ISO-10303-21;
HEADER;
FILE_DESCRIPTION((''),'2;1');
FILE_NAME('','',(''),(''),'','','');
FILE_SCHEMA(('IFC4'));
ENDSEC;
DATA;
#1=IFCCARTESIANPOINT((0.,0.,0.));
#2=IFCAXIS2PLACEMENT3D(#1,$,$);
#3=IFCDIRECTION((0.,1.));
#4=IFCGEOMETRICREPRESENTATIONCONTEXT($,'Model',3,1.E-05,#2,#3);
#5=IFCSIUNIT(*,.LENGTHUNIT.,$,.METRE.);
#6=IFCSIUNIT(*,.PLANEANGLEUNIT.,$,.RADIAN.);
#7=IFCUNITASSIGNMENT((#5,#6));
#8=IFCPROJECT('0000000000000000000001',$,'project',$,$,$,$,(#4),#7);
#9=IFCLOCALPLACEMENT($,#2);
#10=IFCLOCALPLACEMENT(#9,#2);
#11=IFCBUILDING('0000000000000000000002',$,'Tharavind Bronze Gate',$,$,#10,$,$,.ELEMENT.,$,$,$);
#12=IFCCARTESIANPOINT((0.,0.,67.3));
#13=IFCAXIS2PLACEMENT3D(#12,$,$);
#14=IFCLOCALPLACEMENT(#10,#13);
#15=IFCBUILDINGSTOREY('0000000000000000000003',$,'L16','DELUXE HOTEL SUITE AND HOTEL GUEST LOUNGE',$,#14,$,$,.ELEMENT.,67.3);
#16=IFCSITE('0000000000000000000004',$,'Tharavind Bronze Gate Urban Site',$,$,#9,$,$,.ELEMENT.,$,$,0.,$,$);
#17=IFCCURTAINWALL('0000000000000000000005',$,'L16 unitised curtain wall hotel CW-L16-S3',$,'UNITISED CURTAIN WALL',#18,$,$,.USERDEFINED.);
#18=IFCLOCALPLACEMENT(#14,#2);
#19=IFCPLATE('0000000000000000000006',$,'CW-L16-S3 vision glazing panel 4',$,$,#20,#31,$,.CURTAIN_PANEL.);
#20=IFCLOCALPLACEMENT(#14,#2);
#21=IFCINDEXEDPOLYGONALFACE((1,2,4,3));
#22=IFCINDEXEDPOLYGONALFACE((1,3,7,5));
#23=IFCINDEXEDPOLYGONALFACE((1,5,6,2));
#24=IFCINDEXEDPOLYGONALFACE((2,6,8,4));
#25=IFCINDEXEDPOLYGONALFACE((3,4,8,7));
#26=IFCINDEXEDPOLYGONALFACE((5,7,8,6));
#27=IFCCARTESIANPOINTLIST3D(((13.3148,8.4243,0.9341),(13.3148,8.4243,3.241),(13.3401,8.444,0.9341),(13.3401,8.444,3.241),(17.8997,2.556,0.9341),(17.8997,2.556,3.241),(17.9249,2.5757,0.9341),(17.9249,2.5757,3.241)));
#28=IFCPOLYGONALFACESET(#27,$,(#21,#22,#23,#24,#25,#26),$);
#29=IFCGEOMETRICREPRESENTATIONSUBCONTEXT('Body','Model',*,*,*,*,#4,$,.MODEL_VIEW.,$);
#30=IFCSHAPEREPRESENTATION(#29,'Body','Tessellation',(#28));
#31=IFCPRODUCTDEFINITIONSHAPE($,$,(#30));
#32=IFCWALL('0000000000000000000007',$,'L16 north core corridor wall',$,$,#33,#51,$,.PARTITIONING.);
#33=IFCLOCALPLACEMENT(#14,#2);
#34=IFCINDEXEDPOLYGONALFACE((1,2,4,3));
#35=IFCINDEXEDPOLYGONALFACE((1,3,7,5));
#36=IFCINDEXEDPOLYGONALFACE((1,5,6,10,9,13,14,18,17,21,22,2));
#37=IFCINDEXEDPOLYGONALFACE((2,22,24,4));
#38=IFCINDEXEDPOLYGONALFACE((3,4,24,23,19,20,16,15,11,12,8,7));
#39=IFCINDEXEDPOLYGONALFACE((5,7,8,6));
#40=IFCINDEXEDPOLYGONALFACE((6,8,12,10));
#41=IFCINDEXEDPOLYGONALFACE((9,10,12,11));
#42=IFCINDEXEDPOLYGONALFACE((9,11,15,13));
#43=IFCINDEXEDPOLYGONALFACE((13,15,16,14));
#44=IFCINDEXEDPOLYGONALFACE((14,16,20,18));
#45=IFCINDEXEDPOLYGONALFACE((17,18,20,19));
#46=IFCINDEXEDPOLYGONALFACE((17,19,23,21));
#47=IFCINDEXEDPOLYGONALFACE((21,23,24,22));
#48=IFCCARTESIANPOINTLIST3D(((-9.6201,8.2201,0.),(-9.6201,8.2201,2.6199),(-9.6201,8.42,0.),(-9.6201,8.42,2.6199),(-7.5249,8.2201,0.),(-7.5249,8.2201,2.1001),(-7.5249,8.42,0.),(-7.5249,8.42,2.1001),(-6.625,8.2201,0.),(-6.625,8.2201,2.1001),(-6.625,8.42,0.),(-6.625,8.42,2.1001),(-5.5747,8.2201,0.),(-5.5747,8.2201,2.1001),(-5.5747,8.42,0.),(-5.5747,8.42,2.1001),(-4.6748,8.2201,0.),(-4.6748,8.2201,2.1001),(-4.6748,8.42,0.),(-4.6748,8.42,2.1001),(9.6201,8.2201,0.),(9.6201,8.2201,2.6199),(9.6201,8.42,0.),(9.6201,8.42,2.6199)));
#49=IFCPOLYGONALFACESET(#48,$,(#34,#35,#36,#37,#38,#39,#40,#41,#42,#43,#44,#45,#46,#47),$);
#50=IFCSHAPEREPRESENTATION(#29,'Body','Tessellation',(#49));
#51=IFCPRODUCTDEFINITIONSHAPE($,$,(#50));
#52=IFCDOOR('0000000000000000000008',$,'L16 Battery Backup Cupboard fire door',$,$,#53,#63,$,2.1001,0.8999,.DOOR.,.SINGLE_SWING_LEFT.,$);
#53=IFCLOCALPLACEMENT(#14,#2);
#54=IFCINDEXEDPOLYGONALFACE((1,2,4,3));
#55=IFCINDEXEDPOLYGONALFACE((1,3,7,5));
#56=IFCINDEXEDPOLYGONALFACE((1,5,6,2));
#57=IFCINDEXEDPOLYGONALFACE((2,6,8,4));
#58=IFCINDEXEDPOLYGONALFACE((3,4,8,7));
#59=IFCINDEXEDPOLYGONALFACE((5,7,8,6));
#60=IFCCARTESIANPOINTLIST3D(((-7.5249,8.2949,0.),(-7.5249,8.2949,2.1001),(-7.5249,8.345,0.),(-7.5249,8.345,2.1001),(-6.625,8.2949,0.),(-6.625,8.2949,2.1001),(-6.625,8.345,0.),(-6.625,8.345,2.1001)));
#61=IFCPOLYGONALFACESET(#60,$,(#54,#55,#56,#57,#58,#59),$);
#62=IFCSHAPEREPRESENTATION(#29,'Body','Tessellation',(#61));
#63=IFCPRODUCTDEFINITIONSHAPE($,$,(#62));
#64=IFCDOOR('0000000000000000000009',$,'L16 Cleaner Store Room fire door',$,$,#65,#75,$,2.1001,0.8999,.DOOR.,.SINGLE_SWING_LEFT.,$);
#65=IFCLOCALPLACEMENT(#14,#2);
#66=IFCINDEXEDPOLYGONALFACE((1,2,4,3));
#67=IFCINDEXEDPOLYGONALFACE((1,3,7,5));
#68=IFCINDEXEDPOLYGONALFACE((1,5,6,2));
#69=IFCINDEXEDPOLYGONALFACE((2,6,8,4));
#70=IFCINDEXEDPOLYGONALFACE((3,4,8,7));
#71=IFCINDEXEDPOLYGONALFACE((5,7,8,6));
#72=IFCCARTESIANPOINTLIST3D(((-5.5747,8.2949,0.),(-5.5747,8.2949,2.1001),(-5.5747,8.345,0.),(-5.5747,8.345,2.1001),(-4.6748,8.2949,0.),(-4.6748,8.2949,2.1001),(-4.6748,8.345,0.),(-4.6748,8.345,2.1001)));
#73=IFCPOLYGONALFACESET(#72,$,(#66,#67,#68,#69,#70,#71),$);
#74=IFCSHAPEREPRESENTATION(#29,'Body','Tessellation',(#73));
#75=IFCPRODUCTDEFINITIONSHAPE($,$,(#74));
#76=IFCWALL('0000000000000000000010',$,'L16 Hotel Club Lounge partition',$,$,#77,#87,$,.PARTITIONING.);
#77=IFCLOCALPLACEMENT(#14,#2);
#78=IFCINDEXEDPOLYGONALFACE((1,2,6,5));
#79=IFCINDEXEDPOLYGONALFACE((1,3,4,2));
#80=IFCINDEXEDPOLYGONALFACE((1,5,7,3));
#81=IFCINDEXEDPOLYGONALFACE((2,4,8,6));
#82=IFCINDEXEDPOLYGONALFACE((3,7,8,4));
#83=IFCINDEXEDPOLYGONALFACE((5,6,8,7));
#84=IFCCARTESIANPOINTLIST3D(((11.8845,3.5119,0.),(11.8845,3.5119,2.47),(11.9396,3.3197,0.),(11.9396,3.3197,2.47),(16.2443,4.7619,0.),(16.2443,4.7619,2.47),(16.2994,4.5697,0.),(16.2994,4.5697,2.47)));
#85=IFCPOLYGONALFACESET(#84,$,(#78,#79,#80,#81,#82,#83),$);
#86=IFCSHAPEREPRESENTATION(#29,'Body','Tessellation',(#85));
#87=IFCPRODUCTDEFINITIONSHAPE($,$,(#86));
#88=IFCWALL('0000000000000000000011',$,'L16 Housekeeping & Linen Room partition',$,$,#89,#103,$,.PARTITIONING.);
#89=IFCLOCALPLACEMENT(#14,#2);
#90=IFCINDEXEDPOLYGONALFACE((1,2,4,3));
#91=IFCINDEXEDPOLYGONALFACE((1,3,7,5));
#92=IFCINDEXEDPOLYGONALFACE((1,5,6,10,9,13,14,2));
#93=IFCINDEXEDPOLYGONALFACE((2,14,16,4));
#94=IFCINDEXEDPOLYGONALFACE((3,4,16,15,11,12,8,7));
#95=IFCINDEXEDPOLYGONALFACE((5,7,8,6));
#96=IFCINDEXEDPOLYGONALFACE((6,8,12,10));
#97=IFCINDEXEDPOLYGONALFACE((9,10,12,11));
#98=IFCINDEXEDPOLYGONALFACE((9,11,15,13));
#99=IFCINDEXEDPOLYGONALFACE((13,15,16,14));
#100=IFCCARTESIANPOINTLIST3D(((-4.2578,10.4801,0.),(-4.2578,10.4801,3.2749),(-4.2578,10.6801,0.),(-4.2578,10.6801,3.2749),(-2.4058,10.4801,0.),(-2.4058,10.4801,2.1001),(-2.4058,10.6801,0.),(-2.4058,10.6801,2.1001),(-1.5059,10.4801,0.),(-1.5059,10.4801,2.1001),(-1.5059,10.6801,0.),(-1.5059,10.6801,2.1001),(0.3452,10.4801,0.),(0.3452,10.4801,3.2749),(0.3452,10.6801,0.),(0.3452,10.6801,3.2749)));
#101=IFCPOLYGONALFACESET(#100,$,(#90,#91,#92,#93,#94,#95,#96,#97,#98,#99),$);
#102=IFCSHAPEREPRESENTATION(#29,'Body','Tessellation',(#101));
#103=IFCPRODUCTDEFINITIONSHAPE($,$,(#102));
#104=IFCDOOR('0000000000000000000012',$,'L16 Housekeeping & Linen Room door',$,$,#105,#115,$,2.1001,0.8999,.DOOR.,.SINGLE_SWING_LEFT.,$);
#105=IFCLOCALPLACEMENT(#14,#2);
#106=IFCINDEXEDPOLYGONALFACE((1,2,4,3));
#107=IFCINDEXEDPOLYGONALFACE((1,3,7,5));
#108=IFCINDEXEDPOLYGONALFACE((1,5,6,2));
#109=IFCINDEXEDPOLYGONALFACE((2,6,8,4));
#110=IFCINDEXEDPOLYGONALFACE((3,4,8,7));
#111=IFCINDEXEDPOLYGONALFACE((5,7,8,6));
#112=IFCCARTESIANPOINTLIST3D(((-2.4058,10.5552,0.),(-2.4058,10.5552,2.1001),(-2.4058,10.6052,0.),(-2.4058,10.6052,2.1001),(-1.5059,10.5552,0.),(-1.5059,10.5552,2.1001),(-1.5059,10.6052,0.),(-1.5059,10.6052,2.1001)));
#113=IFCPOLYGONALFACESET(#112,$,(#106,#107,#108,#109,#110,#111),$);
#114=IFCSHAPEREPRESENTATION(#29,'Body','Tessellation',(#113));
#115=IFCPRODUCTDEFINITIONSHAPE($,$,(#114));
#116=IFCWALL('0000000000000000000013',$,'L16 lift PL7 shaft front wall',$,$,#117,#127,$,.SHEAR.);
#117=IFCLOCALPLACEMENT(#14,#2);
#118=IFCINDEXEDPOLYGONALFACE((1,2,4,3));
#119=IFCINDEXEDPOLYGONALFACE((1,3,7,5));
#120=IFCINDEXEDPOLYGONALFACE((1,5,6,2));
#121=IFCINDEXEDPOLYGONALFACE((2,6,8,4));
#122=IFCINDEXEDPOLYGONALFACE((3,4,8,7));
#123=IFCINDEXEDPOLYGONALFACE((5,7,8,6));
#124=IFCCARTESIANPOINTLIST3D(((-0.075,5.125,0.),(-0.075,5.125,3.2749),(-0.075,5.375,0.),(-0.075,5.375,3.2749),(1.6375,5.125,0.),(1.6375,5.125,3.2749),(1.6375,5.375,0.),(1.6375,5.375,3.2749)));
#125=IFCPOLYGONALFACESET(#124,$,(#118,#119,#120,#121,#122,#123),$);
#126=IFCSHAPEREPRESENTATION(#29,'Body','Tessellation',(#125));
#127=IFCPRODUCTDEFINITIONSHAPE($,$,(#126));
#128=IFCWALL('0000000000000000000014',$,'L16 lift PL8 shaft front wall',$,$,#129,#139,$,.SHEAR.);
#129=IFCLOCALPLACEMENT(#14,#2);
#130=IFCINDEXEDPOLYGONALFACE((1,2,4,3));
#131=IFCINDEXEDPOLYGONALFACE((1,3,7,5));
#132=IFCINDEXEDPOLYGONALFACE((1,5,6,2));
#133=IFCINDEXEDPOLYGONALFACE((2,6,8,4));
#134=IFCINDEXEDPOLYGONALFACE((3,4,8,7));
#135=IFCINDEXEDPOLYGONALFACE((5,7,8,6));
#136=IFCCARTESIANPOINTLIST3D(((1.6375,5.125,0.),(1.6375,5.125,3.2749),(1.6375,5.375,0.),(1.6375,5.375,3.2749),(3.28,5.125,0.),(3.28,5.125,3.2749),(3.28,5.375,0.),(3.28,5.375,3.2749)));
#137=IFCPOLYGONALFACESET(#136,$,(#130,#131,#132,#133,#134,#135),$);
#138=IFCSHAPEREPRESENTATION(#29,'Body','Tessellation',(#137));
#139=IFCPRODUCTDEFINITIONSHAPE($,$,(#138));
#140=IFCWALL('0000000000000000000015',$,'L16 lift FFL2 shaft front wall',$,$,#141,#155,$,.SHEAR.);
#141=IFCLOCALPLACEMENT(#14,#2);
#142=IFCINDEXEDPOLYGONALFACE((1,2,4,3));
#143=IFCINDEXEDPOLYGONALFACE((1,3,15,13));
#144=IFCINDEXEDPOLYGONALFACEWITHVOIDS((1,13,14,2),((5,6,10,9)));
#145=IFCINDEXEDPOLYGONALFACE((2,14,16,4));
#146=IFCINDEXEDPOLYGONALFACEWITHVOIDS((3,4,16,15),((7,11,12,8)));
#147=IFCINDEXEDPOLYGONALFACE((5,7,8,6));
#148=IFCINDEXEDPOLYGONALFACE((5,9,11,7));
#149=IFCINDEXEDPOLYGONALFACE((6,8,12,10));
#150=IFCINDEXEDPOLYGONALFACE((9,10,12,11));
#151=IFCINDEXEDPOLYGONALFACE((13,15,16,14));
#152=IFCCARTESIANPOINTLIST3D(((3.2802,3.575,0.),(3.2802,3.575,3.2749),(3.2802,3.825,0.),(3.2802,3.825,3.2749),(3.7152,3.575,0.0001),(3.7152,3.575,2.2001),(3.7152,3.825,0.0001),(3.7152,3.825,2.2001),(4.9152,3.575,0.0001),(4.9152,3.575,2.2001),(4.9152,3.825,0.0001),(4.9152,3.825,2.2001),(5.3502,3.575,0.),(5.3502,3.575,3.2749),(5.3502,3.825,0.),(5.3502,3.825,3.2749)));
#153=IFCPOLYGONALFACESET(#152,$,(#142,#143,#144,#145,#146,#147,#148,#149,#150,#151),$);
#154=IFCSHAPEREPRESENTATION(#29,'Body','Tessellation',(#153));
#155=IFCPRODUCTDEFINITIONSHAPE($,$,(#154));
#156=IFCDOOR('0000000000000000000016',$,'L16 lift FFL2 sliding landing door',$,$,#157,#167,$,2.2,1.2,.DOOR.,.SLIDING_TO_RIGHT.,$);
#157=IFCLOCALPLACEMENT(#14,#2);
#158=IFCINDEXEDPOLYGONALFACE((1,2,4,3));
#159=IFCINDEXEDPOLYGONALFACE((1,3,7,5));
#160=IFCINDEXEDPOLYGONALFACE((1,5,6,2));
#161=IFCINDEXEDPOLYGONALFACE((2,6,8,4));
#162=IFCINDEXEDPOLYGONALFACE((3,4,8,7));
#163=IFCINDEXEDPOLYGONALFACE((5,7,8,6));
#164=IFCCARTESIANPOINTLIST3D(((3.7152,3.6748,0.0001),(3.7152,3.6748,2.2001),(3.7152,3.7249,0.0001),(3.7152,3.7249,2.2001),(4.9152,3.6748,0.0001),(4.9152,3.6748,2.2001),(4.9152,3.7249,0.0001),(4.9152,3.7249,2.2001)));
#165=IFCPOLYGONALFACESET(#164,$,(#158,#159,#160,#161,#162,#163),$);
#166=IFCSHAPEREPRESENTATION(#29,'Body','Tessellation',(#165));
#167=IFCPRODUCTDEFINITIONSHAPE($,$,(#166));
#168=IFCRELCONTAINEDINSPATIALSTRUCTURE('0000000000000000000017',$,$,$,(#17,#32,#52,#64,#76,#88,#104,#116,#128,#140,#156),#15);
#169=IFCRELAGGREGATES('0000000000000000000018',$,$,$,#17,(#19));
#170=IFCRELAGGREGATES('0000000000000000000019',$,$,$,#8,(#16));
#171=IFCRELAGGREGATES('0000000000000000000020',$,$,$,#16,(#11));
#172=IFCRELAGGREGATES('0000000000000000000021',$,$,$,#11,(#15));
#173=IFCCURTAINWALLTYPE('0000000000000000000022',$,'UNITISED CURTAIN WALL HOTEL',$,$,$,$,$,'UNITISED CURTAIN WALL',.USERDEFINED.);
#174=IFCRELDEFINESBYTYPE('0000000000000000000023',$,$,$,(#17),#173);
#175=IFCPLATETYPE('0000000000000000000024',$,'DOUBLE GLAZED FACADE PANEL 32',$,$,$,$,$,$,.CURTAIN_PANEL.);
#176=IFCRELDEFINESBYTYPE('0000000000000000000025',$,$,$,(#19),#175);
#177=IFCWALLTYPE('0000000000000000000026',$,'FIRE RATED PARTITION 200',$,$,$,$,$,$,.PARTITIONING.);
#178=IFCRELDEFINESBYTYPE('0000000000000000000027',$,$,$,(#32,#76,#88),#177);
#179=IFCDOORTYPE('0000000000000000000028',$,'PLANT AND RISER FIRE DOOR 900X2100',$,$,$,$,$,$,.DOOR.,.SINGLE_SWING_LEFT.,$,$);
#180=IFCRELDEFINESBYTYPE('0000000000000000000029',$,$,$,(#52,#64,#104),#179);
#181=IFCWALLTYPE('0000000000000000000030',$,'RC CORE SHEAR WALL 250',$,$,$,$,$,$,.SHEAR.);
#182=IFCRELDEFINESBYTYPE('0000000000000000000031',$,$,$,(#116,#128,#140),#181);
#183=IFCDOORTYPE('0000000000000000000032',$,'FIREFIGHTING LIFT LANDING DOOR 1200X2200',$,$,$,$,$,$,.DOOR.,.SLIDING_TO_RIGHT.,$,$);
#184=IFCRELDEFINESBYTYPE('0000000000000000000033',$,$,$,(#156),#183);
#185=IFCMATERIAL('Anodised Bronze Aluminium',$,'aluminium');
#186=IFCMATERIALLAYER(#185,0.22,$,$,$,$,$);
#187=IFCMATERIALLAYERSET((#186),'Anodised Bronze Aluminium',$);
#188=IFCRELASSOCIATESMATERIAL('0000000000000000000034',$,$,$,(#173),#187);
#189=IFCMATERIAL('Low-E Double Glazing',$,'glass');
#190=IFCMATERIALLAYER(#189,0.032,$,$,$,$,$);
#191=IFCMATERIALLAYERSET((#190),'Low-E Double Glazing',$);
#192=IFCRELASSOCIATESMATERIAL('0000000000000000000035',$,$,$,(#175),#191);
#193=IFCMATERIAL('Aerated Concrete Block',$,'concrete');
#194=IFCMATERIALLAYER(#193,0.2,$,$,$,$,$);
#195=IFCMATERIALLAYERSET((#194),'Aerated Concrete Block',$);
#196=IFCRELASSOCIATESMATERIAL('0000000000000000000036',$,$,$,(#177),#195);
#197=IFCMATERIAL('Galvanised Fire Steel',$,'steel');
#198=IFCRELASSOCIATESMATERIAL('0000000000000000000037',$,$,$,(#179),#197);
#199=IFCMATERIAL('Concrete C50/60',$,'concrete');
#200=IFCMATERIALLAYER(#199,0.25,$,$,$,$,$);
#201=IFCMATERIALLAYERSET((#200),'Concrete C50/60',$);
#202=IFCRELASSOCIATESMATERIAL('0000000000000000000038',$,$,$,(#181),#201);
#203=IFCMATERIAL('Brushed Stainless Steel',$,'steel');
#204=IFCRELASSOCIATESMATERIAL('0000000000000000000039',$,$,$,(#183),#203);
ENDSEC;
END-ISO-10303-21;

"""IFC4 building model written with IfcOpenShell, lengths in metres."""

from ifc_helpers import new_model, si_unit, direction, frame, frame_2d, origin, origin_2d, place, context, subcontext, project, spatial, rectangle, extrude, material, layer, layer_set, type_object, element, fill, aggregate, save


model = new_model("IFC4")

# Units and contexts
model_context = context("Model", 3, precision=1e-05, world=origin(), true_north=direction((0.0, 1.0)))
body_context = subcontext(model_context, "Body", "Model", "MODEL_VIEW")
ifc_project = project(units=[si_unit("LENGTHUNIT", "METRE"), si_unit("PLANEANGLEUNIT", "RADIAN")], contexts=[model_context])

# Site, building, storey
site_placement = place(None, origin())
site = spatial("IfcSite", under=ifc_project, at=site_placement, Name="Tharavind Bronze Gate Urban Site", CompositionType="ELEMENT", RefElevation=0.0)
building_placement = place(site_placement, origin())
building = spatial("IfcBuilding", under=site, at=building_placement, Name="Tharavind Bronze Gate", CompositionType="ELEMENT")
storey_placement = place(building_placement, frame((0.0, 0.0, 67.3)))
storey = spatial("IfcBuildingStorey", under=building, at=storey_placement, Name="L16", Description="DELUXE HOTEL SUITE AND HOTEL GUEST LOUNGE", CompositionType="ELEMENT", Elevation=67.3)

# Curtain wall
ifc_material_1 = material(Name="Anodised Bronze Aluminium", Category="aluminium")
ifc_layer_1 = layer(ifc_material_1, 0.22)
ifc_layer_set_1 = layer_set([ifc_layer_1], Name="Anodised Bronze Aluminium")
curtain_wall_type = type_object("IfcCurtainWallType", Name="UNITISED CURTAIN WALL HOTEL", ElementType="UNITISED CURTAIN WALL", PredefinedType="USERDEFINED", material=ifc_layer_set_1)
curtain_wall_placement = place(storey_placement, origin())
curtain_wall = element("IfcCurtainWall", 1, at=curtain_wall_placement, inside=storey, type_object=curtain_wall_type, Name="L16 unitised curtain wall hotel CW-L16-S3", ObjectType="UNITISED CURTAIN WALL", PredefinedType="USERDEFINED")

# Plate
ifc_material_2 = material(Name="Low-E Double Glazing", Category="glass")
ifc_layer_2 = layer(ifc_material_2, 0.032)
ifc_layer_set_2 = layer_set([ifc_layer_2], Name="Low-E Double Glazing")
plate_type_1 = type_object("IfcPlateType", Name="DOUBLE GLAZED FACADE PANEL 32", PredefinedType="CURTAIN_PANEL", material=ifc_layer_set_2)
plate_1_placement = place(storey_placement, frame((15.6199, 5.5, 0.9341), z_axis=(0.0, 0.0, 1.0), x_axis=(-0.615661, 0.788011, 0.0)))
plate_1 = element("IfcPlate", 2, at=plate_1_placement, type_object=plate_type_1, Name="CW-L16-S3 vision glazing panel 4", PredefinedType="CURTAIN_PANEL", context=body_context, shape_type="SweptSolid", body=[
    extrude(rectangle(XDim=7.447, YDim=0.032, at=origin_2d()), origin(), (0.0, 0.0, 1.0), 2.3069),
])
aggregate(curtain_wall, [plate_1])

# Wall, openings, doors
ifc_material_3 = material(Name="Aerated Concrete Block", Category="concrete")
ifc_layer_3 = layer(ifc_material_3, 0.2)
ifc_layer_set_3 = layer_set([ifc_layer_3], Name="Aerated Concrete Block")
wall_type_1 = type_object("IfcWallType", Name="FIRE RATED PARTITION 200", PredefinedType="PARTITIONING", material=ifc_layer_set_3)
wall_1_placement = place(storey_placement, frame((9.6201, 8.3201, 0.0), z_axis=(0.0, 0.0, 1.0), x_axis=(-1.0, 0.0, 0.0)))
wall_1 = element("IfcWall", 3, at=wall_1_placement, inside=storey, type_object=wall_type_1, Name="L16 north core corridor wall", PredefinedType="PARTITIONING", context=body_context, shape_type="SweptSolid", body=[
    extrude(rectangle(XDim=19.2402, YDim=0.2, at=frame_2d((9.6201, 0.0))), origin(), (0.0, 0.0, 1.0), 2.6199),
])
opening_1_placement = place(wall_1_placement, frame((16.2451, 0.0, 0.0)))
opening_1 = element("IfcOpeningElement", 4, at=opening_1_placement, cuts=wall_1, PredefinedType="OPENING", context=body_context, shape_type="SweptSolid", body=[
    extrude(rectangle(XDim=0.8999, YDim=2.1001, at=frame_2d((0.45, 1.05))), frame((0.0, 0.1101, 0.0), z_axis=(0.0, -1.0, 0.0), x_axis=(1.0, 0.0, 0.0)), (0.0, 0.0, 1.0), 0.22),
])
opening_2_placement = place(wall_1_placement, frame((14.2949, 0.0, 0.0)))
opening_2 = element("IfcOpeningElement", 5, at=opening_2_placement, cuts=wall_1, PredefinedType="OPENING", context=body_context, shape_type="SweptSolid", body=[
    extrude(rectangle(XDim=0.8999, YDim=2.1001, at=frame_2d((0.45, 1.05))), frame((0.0, 0.1101, 0.0), z_axis=(0.0, -1.0, 0.0), x_axis=(1.0, 0.0, 0.0)), (0.0, 0.0, 1.0), 0.22),
])
ifc_material_4 = material(Name="Galvanised Fire Steel", Category="steel")
door_type_1 = type_object("IfcDoorType", Name="PLANT AND RISER FIRE DOOR 900X2100", OperationType="SINGLE_SWING_LEFT", PredefinedType="DOOR", material=ifc_material_4)
door_1_placement = place(opening_1_placement, frame((0.8999, 0.0, 0.0), z_axis=(0.0, 0.0, 1.0), x_axis=(-1.0, 0.0, 0.0)))
door_1 = element("IfcDoor", 6, at=door_1_placement, inside=storey, type_object=door_type_1, Name="L16 Battery Backup Cupboard fire door", OperationType="SINGLE_SWING_LEFT", OverallHeight=2.1001, OverallWidth=0.8999, PredefinedType="DOOR", context=body_context, shape_type="SweptSolid", body=[
    extrude(rectangle(XDim=0.8999, YDim=2.1001, at=frame_2d((0.45, 1.05))), frame((0.0, 0.0249, 0.0), z_axis=(0.0, -1.0, 0.0), x_axis=(1.0, 0.0, 0.0)), (0.0, 0.0, 1.0), 0.05),
])
fill(opening_1, door_1)
door_2_placement = place(opening_2_placement, frame((0.8999, 0.0, 0.0), z_axis=(0.0, 0.0, 1.0), x_axis=(-1.0, 0.0, 0.0)))
door_2 = element("IfcDoor", 7, at=door_2_placement, inside=storey, type_object=door_type_1, Name="L16 Cleaner Store Room fire door", OperationType="SINGLE_SWING_LEFT", OverallHeight=2.1001, OverallWidth=0.8999, PredefinedType="DOOR", context=body_context, shape_type="SweptSolid", body=[
    extrude(rectangle(XDim=0.8999, YDim=2.1001, at=frame_2d((0.45, 1.05))), frame((0.0, 0.0249, 0.0), z_axis=(0.0, -1.0, 0.0), x_axis=(1.0, 0.0, 0.0)), (0.0, 0.0, 1.0), 0.05),
])
fill(opening_2, door_2)

# Wall
wall_2_placement = place(storey_placement, frame((16.2717, 4.6658, 0.0), z_axis=(0.0, 0.0, 1.0), x_axis=(-0.961272, -0.275603, 0.0)))
element("IfcWall", 8, at=wall_2_placement, inside=storey, type_object=wall_type_1, Name="L16 Hotel Club Lounge partition", PredefinedType="PARTITIONING", context=body_context, shape_type="SweptSolid", body=[
    extrude(rectangle(XDim=4.5354, YDim=0.2, at=frame_2d((2.2676, 0.0))), origin(), (0.0, 0.0, 1.0), 2.47),
])

# Wall, opening, door
wall_3_placement = place(storey_placement, frame((0.3452, 10.5801, 0.0), z_axis=(0.0, 0.0, 1.0), x_axis=(-1.0, 0.0, 0.0)))
wall_3 = element("IfcWall", 9, at=wall_3_placement, inside=storey, type_object=wall_type_1, Name="L16 Housekeeping & Linen Room partition", PredefinedType="PARTITIONING", context=body_context, shape_type="SweptSolid", body=[
    extrude(rectangle(XDim=4.603, YDim=0.2, at=frame_2d((2.3015, 0.0))), origin(), (0.0, 0.0, 1.0), 3.2749),
])
opening_3_placement = place(wall_3_placement, frame((1.8511, 0.0, 0.0)))
opening_3 = element("IfcOpeningElement", 10, at=opening_3_placement, cuts=wall_3, PredefinedType="OPENING", context=body_context, shape_type="SweptSolid", body=[
    extrude(rectangle(XDim=0.8999, YDim=2.1001, at=frame_2d((0.45, 1.05))), frame((0.0, 0.1101, 0.0), z_axis=(0.0, -1.0, 0.0), x_axis=(1.0, 0.0, 0.0)), (0.0, 0.0, 1.0), 0.22),
])
door_3_placement = place(opening_3_placement, origin())
door_3 = element("IfcDoor", 11, at=door_3_placement, inside=storey, type_object=door_type_1, Name="L16 Housekeeping & Linen Room door", OperationType="SINGLE_SWING_LEFT", OverallHeight=2.1001, OverallWidth=0.8999, PredefinedType="DOOR", context=body_context, shape_type="SweptSolid", body=[
    extrude(rectangle(XDim=0.8999, YDim=2.1001, at=frame_2d((0.45, 1.05))), frame((0.0, 0.0249, 0.0), z_axis=(0.0, -1.0, 0.0), x_axis=(1.0, 0.0, 0.0)), (0.0, 0.0, 1.0), 0.05),
])
fill(opening_3, door_3)
ifc_material_5 = material(Name="Concrete C50/60", Category="concrete")
ifc_layer_4 = layer(ifc_material_5, 0.25)
ifc_layer_set_4 = layer_set([ifc_layer_4], Name="Concrete C50/60")
wall_type_2 = type_object("IfcWallType", Name="RC CORE SHEAR WALL 250", PredefinedType="SHEAR", material=ifc_layer_set_4)

# Walls
wall_4_placement = place(storey_placement, frame((-0.075, 5.25, 0.0), z_axis=(0.0, 0.0, 1.0), x_axis=(1.0, 0.0, 0.0)))
element("IfcWall", 12, at=wall_4_placement, inside=storey, type_object=wall_type_2, Name="L16 lift PL7 shaft front wall", PredefinedType="SHEAR", context=body_context, shape_type="SweptSolid", body=[
    extrude(rectangle(XDim=1.7124, YDim=0.25, at=frame_2d((0.8562, 0.0))), origin(), (0.0, 0.0, 1.0), 3.2749),
])
wall_5_placement = place(storey_placement, frame((1.6375, 5.25, 0.0), z_axis=(0.0, 0.0, 1.0), x_axis=(1.0, 0.0, 0.0)))
element("IfcWall", 13, at=wall_5_placement, inside=storey, type_object=wall_type_2, Name="L16 lift PL8 shaft front wall", PredefinedType="SHEAR", context=body_context, shape_type="SweptSolid", body=[
    extrude(rectangle(XDim=1.6426, YDim=0.25, at=frame_2d((0.8213, 0.0))), origin(), (0.0, 0.0, 1.0), 3.2749),
])

# Wall, opening, door
wall_6_placement = place(storey_placement, frame((3.28, 3.7, 0.0), z_axis=(0.0, 0.0, 1.0), x_axis=(1.0, 0.0, 0.0)))
wall_6 = element("IfcWall", 14, at=wall_6_placement, inside=storey, type_object=wall_type_2, Name="L16 lift FFL2 shaft front wall", PredefinedType="SHEAR", context=body_context, shape_type="SweptSolid", body=[
    extrude(rectangle(XDim=2.0701, YDim=0.25, at=frame_2d((1.0352, 0.0))), origin(), (0.0, 0.0, 1.0), 3.2749),
])
opening_4_placement = place(wall_6_placement, frame((0.4351, 0.0, 0.0)))
opening_4 = element("IfcOpeningElement", 15, at=opening_4_placement, cuts=wall_6, PredefinedType="OPENING", context=body_context, shape_type="SweptSolid", body=[
    extrude(rectangle(XDim=1.2, YDim=2.2, at=frame_2d((0.6001, 1.1001))), frame((0.0, 0.135, 0.0), z_axis=(0.0, -1.0, 0.0), x_axis=(1.0, 0.0, 0.0)), (0.0, 0.0, 1.0), 0.27),
])
ifc_material_6 = material(Name="Brushed Stainless Steel", Category="steel")
door_type_2 = type_object("IfcDoorType", Name="FIREFIGHTING LIFT LANDING DOOR 1200X2200", OperationType="SLIDING_TO_RIGHT", PredefinedType="DOOR", material=ifc_material_6)
door_4_placement = place(opening_4_placement, origin())
door_4 = element("IfcDoor", 16, at=door_4_placement, inside=storey, type_object=door_type_2, Name="L16 lift FFL2 sliding landing door", OperationType="SLIDING_TO_RIGHT", OverallHeight=2.2, OverallWidth=1.2, PredefinedType="DOOR", context=body_context, shape_type="SweptSolid", body=[
    extrude(rectangle(XDim=1.2, YDim=2.2, at=frame_2d((0.6001, 1.1001))), frame((0.0, 0.0249, 0.0), z_axis=(0.0, -1.0, 0.0), x_axis=(1.0, 0.0, 0.0)), (0.0, 0.0, 1.0), 0.05),
])
fill(opening_4, door_4)

save(model, "model.ifc")
